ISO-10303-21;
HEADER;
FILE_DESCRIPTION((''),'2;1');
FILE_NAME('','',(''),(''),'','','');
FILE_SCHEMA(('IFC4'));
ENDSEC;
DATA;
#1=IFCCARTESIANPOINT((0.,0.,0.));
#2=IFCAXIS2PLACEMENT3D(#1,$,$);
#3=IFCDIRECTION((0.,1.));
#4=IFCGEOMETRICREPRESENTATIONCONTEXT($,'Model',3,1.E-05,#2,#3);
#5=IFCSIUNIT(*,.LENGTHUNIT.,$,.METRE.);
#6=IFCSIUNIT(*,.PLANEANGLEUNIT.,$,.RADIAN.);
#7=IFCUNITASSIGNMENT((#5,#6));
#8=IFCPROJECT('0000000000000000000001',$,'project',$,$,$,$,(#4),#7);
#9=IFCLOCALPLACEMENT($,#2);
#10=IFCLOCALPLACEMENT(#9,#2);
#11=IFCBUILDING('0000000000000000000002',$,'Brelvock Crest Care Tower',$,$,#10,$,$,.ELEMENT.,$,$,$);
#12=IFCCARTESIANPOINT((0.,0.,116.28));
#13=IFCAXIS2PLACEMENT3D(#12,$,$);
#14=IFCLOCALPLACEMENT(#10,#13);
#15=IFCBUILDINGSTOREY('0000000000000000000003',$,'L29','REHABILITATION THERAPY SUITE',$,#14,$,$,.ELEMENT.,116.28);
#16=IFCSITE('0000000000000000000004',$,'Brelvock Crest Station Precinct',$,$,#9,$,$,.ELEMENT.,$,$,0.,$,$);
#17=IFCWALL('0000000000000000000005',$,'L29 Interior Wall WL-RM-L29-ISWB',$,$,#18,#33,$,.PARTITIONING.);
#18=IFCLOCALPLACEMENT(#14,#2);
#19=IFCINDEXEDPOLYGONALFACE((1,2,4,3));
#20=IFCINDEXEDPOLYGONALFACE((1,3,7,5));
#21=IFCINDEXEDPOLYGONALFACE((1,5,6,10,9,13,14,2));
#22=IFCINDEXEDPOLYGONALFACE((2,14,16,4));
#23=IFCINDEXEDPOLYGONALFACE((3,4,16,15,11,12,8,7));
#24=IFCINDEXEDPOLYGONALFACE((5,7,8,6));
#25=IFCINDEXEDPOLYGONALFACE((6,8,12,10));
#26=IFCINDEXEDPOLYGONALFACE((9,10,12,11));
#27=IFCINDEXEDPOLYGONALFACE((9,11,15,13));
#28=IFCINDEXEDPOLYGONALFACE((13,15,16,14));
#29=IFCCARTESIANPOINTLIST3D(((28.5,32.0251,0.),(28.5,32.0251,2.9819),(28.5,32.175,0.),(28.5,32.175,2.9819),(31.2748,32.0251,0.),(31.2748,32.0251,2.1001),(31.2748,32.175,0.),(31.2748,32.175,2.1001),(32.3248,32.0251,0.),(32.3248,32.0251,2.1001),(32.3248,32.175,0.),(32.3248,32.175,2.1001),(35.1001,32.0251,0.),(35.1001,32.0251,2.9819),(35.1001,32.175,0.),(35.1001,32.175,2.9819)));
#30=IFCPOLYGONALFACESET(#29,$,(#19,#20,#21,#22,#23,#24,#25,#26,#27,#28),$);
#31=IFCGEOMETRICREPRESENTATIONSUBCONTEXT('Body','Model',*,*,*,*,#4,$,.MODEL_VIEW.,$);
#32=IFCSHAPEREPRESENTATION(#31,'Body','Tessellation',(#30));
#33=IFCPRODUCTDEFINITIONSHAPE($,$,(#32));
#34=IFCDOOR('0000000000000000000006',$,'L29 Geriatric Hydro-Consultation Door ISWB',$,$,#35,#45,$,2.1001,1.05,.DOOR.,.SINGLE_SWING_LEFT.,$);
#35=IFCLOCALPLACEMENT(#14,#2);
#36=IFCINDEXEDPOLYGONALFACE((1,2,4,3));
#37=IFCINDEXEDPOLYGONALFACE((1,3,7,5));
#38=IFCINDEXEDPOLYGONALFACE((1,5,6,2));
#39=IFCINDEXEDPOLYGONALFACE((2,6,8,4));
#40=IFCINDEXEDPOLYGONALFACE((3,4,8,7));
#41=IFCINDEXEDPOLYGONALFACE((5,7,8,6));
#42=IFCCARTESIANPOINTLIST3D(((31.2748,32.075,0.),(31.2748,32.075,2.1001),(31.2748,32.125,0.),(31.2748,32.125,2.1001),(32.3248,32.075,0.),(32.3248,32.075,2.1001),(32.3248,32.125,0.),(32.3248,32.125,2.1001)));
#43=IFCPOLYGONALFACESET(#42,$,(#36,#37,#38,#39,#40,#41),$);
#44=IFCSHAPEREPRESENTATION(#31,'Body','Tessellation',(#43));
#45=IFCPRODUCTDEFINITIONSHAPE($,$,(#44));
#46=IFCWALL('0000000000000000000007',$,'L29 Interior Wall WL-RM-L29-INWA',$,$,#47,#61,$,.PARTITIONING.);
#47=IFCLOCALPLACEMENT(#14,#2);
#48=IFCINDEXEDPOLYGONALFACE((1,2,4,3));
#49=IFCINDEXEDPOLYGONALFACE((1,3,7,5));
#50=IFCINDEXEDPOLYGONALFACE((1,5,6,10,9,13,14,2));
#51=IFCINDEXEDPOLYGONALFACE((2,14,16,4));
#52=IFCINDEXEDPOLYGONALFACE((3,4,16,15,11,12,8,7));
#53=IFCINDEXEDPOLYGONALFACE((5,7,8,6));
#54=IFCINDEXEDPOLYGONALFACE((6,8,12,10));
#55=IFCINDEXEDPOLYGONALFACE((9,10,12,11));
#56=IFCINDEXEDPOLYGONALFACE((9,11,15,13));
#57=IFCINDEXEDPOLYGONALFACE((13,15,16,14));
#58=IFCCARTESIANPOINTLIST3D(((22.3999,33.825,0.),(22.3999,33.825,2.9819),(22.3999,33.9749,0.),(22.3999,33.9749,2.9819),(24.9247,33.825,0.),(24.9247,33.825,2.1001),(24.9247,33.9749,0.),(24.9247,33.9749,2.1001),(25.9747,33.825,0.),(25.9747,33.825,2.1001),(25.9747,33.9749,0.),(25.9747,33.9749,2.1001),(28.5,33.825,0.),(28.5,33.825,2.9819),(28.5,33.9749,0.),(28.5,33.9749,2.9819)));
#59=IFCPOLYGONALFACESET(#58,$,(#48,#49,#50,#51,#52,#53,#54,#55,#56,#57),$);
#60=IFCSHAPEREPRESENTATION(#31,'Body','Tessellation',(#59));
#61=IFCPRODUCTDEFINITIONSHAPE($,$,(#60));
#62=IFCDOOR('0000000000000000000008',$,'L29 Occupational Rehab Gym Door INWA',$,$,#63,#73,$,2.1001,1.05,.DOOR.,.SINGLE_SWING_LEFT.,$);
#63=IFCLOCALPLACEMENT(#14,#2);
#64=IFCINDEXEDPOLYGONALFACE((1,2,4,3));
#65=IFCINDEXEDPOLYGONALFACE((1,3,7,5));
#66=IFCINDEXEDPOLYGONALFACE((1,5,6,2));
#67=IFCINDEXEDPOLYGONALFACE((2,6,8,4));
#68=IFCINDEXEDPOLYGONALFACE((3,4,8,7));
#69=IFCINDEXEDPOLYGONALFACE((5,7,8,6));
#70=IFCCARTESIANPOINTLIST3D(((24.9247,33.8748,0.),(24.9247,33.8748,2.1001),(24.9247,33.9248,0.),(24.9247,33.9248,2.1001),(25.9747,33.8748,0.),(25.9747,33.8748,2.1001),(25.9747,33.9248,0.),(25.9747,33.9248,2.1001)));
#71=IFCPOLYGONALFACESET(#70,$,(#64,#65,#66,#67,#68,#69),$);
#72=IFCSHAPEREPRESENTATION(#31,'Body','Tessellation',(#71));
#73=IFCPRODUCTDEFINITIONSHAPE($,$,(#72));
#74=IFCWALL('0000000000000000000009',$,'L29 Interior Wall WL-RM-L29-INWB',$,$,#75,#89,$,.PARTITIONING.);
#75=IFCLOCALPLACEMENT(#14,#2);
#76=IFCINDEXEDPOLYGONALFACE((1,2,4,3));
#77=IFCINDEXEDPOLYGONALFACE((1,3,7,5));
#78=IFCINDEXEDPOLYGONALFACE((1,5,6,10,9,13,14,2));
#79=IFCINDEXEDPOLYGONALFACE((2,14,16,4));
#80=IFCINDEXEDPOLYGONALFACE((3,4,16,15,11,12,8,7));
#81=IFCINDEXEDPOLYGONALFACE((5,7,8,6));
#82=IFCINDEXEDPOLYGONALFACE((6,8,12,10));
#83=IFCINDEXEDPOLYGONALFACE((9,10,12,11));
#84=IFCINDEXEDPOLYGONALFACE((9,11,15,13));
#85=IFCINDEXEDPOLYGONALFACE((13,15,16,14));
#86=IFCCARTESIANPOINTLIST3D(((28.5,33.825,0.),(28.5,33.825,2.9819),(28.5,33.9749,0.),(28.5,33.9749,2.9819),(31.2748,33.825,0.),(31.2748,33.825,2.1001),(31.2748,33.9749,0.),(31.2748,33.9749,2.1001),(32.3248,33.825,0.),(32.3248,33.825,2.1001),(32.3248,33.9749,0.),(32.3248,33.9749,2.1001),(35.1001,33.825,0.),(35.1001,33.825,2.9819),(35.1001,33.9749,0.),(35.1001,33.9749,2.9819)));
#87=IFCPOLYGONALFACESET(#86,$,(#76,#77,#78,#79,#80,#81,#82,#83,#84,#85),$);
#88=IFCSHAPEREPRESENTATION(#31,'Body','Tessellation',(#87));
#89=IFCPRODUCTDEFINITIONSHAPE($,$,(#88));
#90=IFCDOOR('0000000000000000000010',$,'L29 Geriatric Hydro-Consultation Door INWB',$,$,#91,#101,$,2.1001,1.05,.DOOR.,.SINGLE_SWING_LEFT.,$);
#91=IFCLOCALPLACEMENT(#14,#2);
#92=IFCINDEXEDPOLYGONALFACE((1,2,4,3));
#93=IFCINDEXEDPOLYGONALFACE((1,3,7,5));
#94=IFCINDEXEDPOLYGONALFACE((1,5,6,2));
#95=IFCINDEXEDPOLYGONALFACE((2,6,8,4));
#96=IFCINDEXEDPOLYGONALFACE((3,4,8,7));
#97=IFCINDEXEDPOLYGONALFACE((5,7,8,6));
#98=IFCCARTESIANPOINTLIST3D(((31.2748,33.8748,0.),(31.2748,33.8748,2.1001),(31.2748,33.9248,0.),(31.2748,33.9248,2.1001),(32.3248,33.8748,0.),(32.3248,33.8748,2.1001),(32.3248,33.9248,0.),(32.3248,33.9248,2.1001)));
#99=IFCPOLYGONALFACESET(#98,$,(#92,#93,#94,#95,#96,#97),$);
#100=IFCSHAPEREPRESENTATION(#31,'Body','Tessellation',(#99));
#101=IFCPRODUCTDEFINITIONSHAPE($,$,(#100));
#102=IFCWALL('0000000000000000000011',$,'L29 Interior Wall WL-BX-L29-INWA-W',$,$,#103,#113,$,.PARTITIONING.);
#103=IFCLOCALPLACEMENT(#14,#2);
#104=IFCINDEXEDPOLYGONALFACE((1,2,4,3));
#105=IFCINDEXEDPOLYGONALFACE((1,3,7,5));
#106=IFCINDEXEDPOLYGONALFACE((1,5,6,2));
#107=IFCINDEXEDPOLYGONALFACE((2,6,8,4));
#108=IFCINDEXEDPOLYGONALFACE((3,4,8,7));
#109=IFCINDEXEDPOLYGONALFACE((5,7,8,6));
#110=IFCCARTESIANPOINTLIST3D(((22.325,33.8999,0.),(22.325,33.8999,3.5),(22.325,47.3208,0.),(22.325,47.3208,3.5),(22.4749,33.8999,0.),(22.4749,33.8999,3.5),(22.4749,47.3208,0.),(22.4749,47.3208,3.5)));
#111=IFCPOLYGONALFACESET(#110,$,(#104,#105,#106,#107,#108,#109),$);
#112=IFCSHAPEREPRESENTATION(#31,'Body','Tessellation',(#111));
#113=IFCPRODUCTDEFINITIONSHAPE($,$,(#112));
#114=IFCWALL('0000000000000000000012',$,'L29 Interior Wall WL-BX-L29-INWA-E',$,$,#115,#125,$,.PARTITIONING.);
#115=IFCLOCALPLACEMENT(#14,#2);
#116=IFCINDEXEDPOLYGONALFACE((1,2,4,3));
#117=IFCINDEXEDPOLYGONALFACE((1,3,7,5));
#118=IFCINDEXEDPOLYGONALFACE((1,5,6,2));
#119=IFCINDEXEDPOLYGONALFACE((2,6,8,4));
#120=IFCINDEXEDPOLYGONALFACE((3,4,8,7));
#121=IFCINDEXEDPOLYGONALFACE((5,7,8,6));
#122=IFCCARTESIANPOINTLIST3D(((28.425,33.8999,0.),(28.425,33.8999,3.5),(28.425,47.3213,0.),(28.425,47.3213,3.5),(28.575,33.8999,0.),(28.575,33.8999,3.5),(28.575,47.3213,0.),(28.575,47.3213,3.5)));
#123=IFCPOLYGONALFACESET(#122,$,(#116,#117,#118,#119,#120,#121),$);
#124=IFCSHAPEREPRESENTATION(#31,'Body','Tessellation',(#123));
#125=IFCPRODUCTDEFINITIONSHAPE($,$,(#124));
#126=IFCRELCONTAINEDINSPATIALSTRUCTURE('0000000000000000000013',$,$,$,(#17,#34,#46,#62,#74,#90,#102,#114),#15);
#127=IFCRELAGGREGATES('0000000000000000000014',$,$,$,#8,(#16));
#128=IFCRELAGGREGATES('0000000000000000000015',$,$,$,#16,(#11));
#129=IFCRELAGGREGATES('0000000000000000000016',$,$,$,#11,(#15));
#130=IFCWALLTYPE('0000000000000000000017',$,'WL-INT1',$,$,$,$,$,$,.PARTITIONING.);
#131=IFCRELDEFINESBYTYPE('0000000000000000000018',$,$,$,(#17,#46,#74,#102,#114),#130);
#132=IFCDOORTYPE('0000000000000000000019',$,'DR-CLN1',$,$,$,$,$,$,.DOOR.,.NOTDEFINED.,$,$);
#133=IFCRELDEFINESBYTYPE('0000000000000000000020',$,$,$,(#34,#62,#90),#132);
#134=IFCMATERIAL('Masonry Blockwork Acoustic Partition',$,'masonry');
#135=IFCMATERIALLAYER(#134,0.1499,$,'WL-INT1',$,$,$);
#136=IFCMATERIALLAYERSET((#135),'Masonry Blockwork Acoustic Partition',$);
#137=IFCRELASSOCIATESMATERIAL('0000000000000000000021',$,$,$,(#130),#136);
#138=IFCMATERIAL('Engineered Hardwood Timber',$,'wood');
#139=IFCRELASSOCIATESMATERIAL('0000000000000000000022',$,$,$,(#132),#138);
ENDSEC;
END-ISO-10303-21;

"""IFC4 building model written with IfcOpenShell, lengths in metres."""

from ifc_helpers import new_model, si_unit, direction, frame, frame_2d, origin, origin_2d, place, context, subcontext, project, spatial, rectangle, extrude, source, transform, mapped, material, layer, layer_set, type_object, element, fill, save


model = new_model("IFC4")

# Units and contexts
model_context = context("Model", 3, precision=1e-05, world=origin(), true_north=direction((0.0, 1.0)))
body_context = subcontext(model_context, "Body", "Model", "MODEL_VIEW")
ifc_project = project(units=[si_unit("LENGTHUNIT", "METRE"), si_unit("PLANEANGLEUNIT", "RADIAN")], contexts=[model_context])

# Site, building, storey
site_placement = place(None, origin())
site = spatial("IfcSite", under=ifc_project, at=site_placement, Name="Brelvock Crest Station Precinct", CompositionType="ELEMENT", RefElevation=0.0)
building_placement = place(site_placement, origin())
building = spatial("IfcBuilding", under=site, at=building_placement, Name="Brelvock Crest Care Tower", CompositionType="ELEMENT")
storey_placement = place(building_placement, frame((0.0, 0.0, 116.28)))
storey = spatial("IfcBuildingStorey", under=building, at=storey_placement, Name="L29", Description="REHABILITATION THERAPY SUITE", CompositionType="ELEMENT", Elevation=116.28)

# Walls, openings, doors
ifc_material_1 = material(Name="Masonry Blockwork Acoustic Partition", Category="masonry")
ifc_layer = layer(ifc_material_1, 0.1499, Name="WL-INT1")
ifc_layer_set = layer_set([ifc_layer], Name="Masonry Blockwork Acoustic Partition")
wall_type = type_object("IfcWallType", Name="WL-INT1", PredefinedType="PARTITIONING", material=ifc_layer_set)
ifc_material_2 = material(Name="Engineered Hardwood Timber", Category="wood")
door_type = type_object("IfcDoorType", Name="DR-CLN1", OperationType="NOTDEFINED", PredefinedType="DOOR", material=ifc_material_2)
shared_shape_1 = source(origin(), body_context, "Body", "SweptSolid", [
    extrude(rectangle(XDim=1.05, YDim=2.1001, at=origin_2d()), frame((0.5249, 0.0249, 1.05), z_axis=(0.0, -1.0, 0.0), x_axis=(1.0, 0.0, 0.0)), (0.0, 0.0, 1.0), 0.05),
])
wall_1_placement = place(storey_placement, frame((28.5, 32.1001, 0.0), z_axis=(0.0, 0.0, 1.0), x_axis=(1.0, 0.0, 0.0)))
wall_1 = element("IfcWall", 1, at=wall_1_placement, inside=storey, type_object=wall_type, Name="L29 Interior Wall WL-RM-L29-ISWB", PredefinedType="PARTITIONING", context=body_context, shape_type="SweptSolid", body=[
    extrude(rectangle(XDim=6.6001, YDim=0.1499, at=frame_2d((3.3, 0.0))), origin(), (0.0, 0.0, 1.0), 2.9819),
])
opening_1_placement = place(wall_1_placement, frame((2.7749, 0.0, 0.0)))
opening_1 = element("IfcOpeningElement", 2, at=opening_1_placement, cuts=wall_1, PredefinedType="OPENING", context=body_context, shape_type="SweptSolid", body=[
    extrude(rectangle(XDim=1.05, YDim=2.1001, at=origin_2d()), frame((0.5249, 0.085, 1.05), z_axis=(0.0, -1.0, 0.0), x_axis=(1.0, 0.0, 0.0)), (0.0, 0.0, 1.0), 0.1699),
])
door_1_placement = place(opening_1_placement, origin())
door_1 = element("IfcDoor", 3, at=door_1_placement, inside=storey, type_object=door_type, Name="L29 Geriatric Hydro-Consultation Door ISWB", OperationType="SINGLE_SWING_LEFT", OverallHeight=2.1001, OverallWidth=1.05, PredefinedType="DOOR", context=body_context, shape_type="MappedRepresentation", body=[
    mapped(shared_shape_1, transform((0.0, 0.0, 0.0), x_axis=(1.0, 0.0, 0.0), y_axis=(0.0, 1.0, 0.0), z_axis=(0.0, 0.0, 1.0), scale=1.0)),
])
fill(opening_1, door_1)
wall_2_placement = place(storey_placement, frame((22.3999, 33.8999, 0.0), z_axis=(0.0, 0.0, 1.0), x_axis=(1.0, 0.0, 0.0)))
wall_2 = element("IfcWall", 4, at=wall_2_placement, inside=storey, type_object=wall_type, Name="L29 Interior Wall WL-RM-L29-INWA", PredefinedType="PARTITIONING", context=body_context, shape_type="SweptSolid", body=[
    extrude(rectangle(XDim=6.1001, YDim=0.1499, at=frame_2d((3.05, 0.0))), origin(), (0.0, 0.0, 1.0), 2.9819),
])
opening_2_placement = place(wall_2_placement, frame((2.5249, 0.0, 0.0)))
opening_2 = element("IfcOpeningElement", 5, at=opening_2_placement, cuts=wall_2, PredefinedType="OPENING", context=body_context, shape_type="SweptSolid", body=[
    extrude(rectangle(XDim=1.05, YDim=2.1001, at=origin_2d()), frame((0.5249, 0.085, 1.05), z_axis=(0.0, -1.0, 0.0), x_axis=(1.0, 0.0, 0.0)), (0.0, 0.0, 1.0), 0.1699),
])
door_2_placement = place(opening_2_placement, origin())
door_2 = element("IfcDoor", 6, at=door_2_placement, inside=storey, type_object=door_type, Name="L29 Occupational Rehab Gym Door INWA", OperationType="SINGLE_SWING_LEFT", OverallHeight=2.1001, OverallWidth=1.05, PredefinedType="DOOR", context=body_context, shape_type="MappedRepresentation", body=[
    mapped(shared_shape_1, transform((0.0, 0.0, 0.0), x_axis=(1.0, 0.0, 0.0), y_axis=(0.0, 1.0, 0.0), z_axis=(0.0, 0.0, 1.0), scale=1.0)),
])
fill(opening_2, door_2)
wall_3_placement = place(storey_placement, frame((28.5, 33.8999, 0.0), z_axis=(0.0, 0.0, 1.0), x_axis=(1.0, 0.0, 0.0)))
wall_3 = element("IfcWall", 7, at=wall_3_placement, inside=storey, type_object=wall_type, Name="L29 Interior Wall WL-RM-L29-INWB", PredefinedType="PARTITIONING", context=body_context, shape_type="SweptSolid", body=[
    extrude(rectangle(XDim=6.6001, YDim=0.1499, at=frame_2d((3.3, 0.0))), origin(), (0.0, 0.0, 1.0), 2.9819),
])
opening_3_placement = place(wall_3_placement, frame((2.7749, 0.0, 0.0)))
opening_3 = element("IfcOpeningElement", 8, at=opening_3_placement, cuts=wall_3, PredefinedType="OPENING", context=body_context, shape_type="SweptSolid", body=[
    extrude(rectangle(XDim=1.05, YDim=2.1001, at=origin_2d()), frame((0.5249, 0.085, 1.05), z_axis=(0.0, -1.0, 0.0), x_axis=(1.0, 0.0, 0.0)), (0.0, 0.0, 1.0), 0.1699),
])
door_3_placement = place(opening_3_placement, origin())
door_3 = element("IfcDoor", 9, at=door_3_placement, inside=storey, type_object=door_type, Name="L29 Geriatric Hydro-Consultation Door INWB", OperationType="SINGLE_SWING_LEFT", OverallHeight=2.1001, OverallWidth=1.05, PredefinedType="DOOR", context=body_context, shape_type="MappedRepresentation", body=[
    mapped(shared_shape_1, transform((0.0, 0.0, 0.0), x_axis=(1.0, 0.0, 0.0), y_axis=(0.0, 1.0, 0.0), z_axis=(0.0, 0.0, 1.0), scale=1.0)),
])
fill(opening_3, door_3)

# Walls
wall_4_placement = place(storey_placement, frame((22.3999, 33.8999, 0.0), z_axis=(0.0, 0.0, 1.0), x_axis=(0.0, 1.0, 0.0)))
element("IfcWall", 10, at=wall_4_placement, inside=storey, type_object=wall_type, Name="L29 Interior Wall WL-BX-L29-INWA-W", PredefinedType="PARTITIONING", context=body_context, shape_type="SweptSolid", body=[
    extrude(rectangle(XDim=13.4209, YDim=0.1499, at=frame_2d((6.7104, 0.0))), origin(), (0.0, 0.0, 1.0), 3.5),
])
wall_5_placement = place(storey_placement, frame((28.5, 33.8999, 0.0), z_axis=(0.0, 0.0, 1.0), x_axis=(0.0, 1.0, 0.0)))
element("IfcWall", 11, at=wall_5_placement, inside=storey, type_object=wall_type, Name="L29 Interior Wall WL-BX-L29-INWA-E", PredefinedType="PARTITIONING", context=body_context, shape_type="SweptSolid", body=[
    extrude(rectangle(XDim=13.4214, YDim=0.1499, at=frame_2d((6.7107, 0.0))), origin(), (0.0, 0.0, 1.0), 3.5),
])

save(model, "model.ifc")
